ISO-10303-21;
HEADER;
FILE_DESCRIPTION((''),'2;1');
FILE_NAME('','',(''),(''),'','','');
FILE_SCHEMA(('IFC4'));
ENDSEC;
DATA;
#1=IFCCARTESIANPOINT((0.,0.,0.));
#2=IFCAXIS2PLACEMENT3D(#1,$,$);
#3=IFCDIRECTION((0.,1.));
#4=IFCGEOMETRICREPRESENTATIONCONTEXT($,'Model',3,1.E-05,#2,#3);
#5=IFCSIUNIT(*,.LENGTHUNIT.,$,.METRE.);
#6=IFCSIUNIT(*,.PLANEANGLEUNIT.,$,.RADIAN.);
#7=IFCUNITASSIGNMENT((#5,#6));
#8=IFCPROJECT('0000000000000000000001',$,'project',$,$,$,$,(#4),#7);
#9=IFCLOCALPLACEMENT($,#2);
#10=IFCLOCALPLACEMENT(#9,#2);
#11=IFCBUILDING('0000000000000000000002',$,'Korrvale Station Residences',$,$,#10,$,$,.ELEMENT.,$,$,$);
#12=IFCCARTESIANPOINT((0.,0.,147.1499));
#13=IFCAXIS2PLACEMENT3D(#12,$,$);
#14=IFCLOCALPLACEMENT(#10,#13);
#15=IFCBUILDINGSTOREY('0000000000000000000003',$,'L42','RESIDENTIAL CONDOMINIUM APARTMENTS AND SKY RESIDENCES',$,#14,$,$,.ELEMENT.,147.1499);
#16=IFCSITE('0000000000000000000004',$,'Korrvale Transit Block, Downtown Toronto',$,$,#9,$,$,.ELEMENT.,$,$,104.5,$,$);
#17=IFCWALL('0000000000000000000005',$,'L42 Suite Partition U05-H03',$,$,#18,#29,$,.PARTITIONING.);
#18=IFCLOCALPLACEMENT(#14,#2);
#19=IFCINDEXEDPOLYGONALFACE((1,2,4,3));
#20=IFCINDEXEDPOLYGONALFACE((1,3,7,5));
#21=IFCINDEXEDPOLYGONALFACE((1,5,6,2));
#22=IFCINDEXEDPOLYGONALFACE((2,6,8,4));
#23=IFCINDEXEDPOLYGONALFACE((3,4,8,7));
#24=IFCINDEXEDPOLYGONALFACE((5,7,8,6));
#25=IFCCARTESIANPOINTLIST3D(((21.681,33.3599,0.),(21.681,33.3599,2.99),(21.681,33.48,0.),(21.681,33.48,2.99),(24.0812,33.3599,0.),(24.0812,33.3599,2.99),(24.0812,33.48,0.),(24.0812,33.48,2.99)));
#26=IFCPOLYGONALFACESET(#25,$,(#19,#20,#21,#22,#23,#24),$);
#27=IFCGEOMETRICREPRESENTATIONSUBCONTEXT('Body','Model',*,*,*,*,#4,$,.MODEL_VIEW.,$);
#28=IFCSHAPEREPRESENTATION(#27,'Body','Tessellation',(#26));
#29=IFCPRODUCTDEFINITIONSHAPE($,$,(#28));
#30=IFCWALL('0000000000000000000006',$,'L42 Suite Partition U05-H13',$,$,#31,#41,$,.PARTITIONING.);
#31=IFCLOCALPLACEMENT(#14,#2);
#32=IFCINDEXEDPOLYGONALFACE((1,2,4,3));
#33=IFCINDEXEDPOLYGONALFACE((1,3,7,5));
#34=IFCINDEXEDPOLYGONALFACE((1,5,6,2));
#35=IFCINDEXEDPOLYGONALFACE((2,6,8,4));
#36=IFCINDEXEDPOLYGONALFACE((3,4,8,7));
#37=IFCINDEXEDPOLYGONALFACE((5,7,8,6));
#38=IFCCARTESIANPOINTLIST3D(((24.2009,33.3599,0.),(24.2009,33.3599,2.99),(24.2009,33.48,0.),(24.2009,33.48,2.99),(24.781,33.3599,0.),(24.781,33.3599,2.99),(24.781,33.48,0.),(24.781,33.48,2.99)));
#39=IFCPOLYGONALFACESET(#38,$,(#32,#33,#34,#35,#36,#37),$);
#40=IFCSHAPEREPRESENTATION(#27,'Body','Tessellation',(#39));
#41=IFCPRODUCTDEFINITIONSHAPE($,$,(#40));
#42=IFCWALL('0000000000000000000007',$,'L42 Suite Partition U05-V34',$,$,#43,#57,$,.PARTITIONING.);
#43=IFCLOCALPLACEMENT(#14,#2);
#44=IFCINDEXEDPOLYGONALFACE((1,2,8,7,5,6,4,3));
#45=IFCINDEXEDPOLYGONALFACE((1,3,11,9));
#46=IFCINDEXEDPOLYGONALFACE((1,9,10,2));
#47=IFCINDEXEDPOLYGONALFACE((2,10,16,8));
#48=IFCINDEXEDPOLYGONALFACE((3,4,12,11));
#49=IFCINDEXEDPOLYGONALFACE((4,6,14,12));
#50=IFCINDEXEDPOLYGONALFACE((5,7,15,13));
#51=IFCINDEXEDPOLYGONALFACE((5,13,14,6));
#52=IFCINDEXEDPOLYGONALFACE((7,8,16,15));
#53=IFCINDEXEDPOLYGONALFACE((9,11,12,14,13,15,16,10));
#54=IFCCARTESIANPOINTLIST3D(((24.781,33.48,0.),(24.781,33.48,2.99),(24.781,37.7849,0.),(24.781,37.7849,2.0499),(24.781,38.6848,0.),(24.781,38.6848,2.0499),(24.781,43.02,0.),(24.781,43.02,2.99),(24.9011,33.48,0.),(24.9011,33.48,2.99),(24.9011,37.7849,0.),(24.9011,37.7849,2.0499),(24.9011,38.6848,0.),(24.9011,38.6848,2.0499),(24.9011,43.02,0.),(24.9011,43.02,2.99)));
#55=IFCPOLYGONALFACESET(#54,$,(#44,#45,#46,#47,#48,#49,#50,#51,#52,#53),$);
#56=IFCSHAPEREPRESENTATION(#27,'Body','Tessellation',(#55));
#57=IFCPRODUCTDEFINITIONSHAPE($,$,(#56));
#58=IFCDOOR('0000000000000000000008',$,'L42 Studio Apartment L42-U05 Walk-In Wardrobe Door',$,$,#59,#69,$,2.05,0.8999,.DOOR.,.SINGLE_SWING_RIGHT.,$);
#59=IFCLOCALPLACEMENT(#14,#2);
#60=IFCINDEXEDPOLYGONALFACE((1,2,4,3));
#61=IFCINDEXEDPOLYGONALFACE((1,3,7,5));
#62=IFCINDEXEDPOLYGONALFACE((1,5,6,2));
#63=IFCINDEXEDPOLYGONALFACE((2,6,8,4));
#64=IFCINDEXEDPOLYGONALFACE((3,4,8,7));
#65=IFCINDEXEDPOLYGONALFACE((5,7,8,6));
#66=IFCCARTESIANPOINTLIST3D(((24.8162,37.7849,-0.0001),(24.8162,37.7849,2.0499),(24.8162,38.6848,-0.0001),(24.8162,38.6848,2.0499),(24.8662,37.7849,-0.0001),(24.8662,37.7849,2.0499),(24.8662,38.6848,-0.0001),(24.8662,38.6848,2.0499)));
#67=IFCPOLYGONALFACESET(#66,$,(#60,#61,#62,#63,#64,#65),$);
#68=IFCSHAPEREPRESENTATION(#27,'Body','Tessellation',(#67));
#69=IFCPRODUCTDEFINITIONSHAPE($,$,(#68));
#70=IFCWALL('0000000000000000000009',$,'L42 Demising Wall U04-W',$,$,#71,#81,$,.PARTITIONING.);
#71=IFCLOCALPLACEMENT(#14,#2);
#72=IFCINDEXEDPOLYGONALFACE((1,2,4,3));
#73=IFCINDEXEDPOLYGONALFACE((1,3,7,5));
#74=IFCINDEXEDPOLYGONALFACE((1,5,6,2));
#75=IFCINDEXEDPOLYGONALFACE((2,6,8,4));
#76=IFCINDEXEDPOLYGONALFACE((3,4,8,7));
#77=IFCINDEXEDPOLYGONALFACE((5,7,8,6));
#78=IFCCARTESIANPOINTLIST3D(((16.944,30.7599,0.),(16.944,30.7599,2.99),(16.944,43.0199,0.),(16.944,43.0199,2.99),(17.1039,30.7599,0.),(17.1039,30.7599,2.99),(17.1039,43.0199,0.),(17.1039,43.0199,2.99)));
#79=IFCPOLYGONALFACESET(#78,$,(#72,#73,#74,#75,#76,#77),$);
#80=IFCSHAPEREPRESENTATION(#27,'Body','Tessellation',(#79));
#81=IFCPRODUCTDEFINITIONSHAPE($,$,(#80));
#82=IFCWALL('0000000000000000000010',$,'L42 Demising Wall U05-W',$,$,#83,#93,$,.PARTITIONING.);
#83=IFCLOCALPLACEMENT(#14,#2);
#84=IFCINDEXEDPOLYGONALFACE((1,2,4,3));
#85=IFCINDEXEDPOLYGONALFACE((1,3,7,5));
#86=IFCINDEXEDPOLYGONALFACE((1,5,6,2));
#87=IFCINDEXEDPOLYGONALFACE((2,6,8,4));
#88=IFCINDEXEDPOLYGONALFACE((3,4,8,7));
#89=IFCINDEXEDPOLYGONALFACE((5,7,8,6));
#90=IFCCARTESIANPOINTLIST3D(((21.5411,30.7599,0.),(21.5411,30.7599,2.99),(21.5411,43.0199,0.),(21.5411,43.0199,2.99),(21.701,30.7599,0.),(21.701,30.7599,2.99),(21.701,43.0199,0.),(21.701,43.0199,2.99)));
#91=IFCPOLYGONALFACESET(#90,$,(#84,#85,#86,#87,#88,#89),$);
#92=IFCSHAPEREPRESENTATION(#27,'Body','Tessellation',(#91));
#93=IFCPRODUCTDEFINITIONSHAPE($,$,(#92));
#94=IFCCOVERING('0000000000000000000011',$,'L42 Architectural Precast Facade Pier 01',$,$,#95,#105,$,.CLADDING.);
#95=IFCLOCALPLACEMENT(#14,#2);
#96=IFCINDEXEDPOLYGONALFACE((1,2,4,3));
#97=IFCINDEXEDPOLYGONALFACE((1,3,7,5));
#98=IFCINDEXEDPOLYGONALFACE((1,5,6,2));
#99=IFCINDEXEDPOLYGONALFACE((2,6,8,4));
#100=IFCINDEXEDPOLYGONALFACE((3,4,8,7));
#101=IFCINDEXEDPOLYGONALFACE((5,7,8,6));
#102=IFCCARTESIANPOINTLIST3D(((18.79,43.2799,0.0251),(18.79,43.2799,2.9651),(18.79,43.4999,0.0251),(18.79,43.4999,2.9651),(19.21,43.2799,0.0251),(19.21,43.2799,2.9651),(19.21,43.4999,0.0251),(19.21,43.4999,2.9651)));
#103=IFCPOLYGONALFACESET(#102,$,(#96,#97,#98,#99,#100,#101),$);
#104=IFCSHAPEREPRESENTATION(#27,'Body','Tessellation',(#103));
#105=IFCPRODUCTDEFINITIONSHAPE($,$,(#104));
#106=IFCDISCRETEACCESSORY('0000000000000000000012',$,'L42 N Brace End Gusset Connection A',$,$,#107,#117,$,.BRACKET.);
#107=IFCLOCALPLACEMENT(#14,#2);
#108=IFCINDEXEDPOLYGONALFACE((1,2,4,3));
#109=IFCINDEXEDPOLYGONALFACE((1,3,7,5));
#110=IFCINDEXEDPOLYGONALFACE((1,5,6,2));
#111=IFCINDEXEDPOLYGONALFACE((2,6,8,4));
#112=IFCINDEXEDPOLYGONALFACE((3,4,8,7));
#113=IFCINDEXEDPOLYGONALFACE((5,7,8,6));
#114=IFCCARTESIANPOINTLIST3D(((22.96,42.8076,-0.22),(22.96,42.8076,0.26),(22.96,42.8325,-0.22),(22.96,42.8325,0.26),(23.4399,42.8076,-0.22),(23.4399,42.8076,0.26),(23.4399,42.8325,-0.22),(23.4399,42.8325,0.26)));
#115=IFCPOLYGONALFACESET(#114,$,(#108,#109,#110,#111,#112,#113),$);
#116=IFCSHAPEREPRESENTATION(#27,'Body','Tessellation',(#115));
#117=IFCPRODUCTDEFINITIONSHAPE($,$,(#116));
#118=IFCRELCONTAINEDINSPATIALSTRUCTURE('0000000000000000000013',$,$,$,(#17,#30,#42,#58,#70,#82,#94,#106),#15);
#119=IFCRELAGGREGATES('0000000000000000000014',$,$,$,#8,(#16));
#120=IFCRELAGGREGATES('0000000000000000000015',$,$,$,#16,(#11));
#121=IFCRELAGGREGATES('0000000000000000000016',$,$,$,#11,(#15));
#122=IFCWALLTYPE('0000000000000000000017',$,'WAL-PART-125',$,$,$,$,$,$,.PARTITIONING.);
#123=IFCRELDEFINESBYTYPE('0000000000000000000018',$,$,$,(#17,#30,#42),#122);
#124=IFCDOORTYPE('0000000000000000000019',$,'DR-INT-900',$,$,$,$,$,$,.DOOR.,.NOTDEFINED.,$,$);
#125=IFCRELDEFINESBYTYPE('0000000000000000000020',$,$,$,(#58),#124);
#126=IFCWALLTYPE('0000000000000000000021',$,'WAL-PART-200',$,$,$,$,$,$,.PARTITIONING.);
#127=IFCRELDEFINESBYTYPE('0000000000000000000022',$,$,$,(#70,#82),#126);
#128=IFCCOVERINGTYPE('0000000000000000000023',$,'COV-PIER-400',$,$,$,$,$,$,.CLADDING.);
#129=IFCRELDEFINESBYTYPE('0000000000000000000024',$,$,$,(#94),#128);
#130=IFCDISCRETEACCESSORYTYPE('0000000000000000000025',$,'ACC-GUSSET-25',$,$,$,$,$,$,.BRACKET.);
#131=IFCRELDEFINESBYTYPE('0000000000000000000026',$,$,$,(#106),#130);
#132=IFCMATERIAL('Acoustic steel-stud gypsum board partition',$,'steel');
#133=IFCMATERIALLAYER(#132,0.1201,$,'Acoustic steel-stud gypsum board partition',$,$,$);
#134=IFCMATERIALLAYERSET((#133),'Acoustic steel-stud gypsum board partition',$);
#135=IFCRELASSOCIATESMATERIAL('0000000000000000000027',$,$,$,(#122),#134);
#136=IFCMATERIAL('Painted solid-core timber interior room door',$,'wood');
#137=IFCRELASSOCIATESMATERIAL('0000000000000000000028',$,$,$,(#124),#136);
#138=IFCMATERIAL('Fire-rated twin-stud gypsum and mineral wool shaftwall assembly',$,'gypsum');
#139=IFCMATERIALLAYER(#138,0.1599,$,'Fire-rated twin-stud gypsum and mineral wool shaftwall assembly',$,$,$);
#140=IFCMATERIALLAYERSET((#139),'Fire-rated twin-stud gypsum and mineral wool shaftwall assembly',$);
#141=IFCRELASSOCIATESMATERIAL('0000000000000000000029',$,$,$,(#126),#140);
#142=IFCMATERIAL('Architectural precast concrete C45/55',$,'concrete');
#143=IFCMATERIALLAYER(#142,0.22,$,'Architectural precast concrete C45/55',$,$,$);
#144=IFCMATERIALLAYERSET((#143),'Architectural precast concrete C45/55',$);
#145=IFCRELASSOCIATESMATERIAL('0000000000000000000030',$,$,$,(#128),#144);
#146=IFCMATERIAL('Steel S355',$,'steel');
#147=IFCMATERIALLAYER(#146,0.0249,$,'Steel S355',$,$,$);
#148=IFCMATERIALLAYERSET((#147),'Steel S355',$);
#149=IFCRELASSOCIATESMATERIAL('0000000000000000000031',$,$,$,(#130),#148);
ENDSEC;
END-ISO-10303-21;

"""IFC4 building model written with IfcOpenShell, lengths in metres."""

from ifc_helpers import new_model, si_unit, direction, frame, frame_2d, origin, origin_2d, place, context, subcontext, project, spatial, rectangle, extrude, material, layer, layer_set, type_object, element, fill, save


model = new_model("IFC4")

# Units and contexts
model_context = context("Model", 3, precision=1e-05, world=origin(), true_north=direction((0.0, 1.0)))
body_context = subcontext(model_context, "Body", "Model", "MODEL_VIEW")
ifc_project = project(units=[si_unit("LENGTHUNIT", "METRE"), si_unit("PLANEANGLEUNIT", "RADIAN")], contexts=[model_context])

# Site, building, storey
site_placement = place(None, origin())
site = spatial("IfcSite", under=ifc_project, at=site_placement, Name="Korrvale Transit Block, Downtown Toronto", CompositionType="ELEMENT", RefElevation=104.5)
building_placement = place(site_placement, origin())
building = spatial("IfcBuilding", under=site, at=building_placement, Name="Korrvale Station Residences", CompositionType="ELEMENT")
storey_placement = place(building_placement, frame((0.0, 0.0, 147.1499)))
storey = spatial("IfcBuildingStorey", under=building, at=storey_placement, Name="L42", Description="RESIDENTIAL CONDOMINIUM APARTMENTS AND SKY RESIDENCES", CompositionType="ELEMENT", Elevation=147.1499)

# Shared definitions
ifc_material_1 = material(Name="Steel S355", Category="steel")

# Shared definitions
ifc_material_2 = material(Name="Acoustic steel-stud gypsum board partition", Category="steel")
ifc_layer_1 = layer(ifc_material_2, 0.1201, Name="Acoustic steel-stud gypsum board partition")
ifc_layer_set_1 = layer_set([ifc_layer_1], Name="Acoustic steel-stud gypsum board partition")
wall_type_1 = type_object("IfcWallType", Name="WAL-PART-125", PredefinedType="PARTITIONING", material=ifc_layer_set_1)

# Shared definitions
ifc_material_3 = material(Name="Painted solid-core timber interior room door", Category="wood")
door_type_1 = type_object("IfcDoorType", Name="DR-INT-900", OperationType="NOTDEFINED", PredefinedType="DOOR", material=ifc_material_3)

# Walls
wall_1_placement = place(storey_placement, frame((21.6809, 33.4199, 0.0), z_axis=(0.0, 0.0, 1.0), x_axis=(1.0, 0.0, 0.0)))
element("IfcWall", 1, at=wall_1_placement, inside=storey, type_object=wall_type_1, Name="L42 Suite Partition U05-H03", PredefinedType="PARTITIONING", context=body_context, shape_type="SweptSolid", body=[
    extrude(rectangle(XDim=2.4001, YDim=0.1201, at=frame_2d((1.2002, 0.0))), origin(), (0.0, 0.0, 1.0), 2.99),
])
wall_2_placement = place(storey_placement, frame((24.2009, 33.4199, 0.0), z_axis=(0.0, 0.0, 1.0), x_axis=(1.0, 0.0, 0.0)))
element("IfcWall", 2, at=wall_2_placement, inside=storey, type_object=wall_type_1, Name="L42 Suite Partition U05-H13", PredefinedType="PARTITIONING", context=body_context, shape_type="SweptSolid", body=[
    extrude(rectangle(XDim=0.5801, YDim=0.1201, at=frame_2d((0.29, 0.0))), origin(), (0.0, 0.0, 1.0), 2.99),
])

# Wall, opening, door
wall_3_placement = place(storey_placement, frame((24.8411, 33.48, 0.0), z_axis=(0.0, 0.0, 1.0), x_axis=(0.0, 1.0, 0.0)))
wall_3 = element("IfcWall", 3, at=wall_3_placement, inside=storey, type_object=wall_type_1, Name="L42 Suite Partition U05-V34", PredefinedType="PARTITIONING", context=body_context, shape_type="SweptSolid", body=[
    extrude(rectangle(XDim=9.54, YDim=0.1201, at=frame_2d((4.77, 0.0))), origin(), (0.0, 0.0, 1.0), 2.99),
])
opening_1_placement = place(wall_3_placement, frame((4.3049, 0.0, 0.0)))
opening_1 = element("IfcOpeningElement", 4, at=opening_1_placement, cuts=wall_3, PredefinedType="OPENING", context=body_context, shape_type="SweptSolid", body=[
    extrude(rectangle(XDim=0.8999, YDim=2.05, at=frame_2d((0.45, 1.0249))), frame((0.0, 0.0701, 0.0), z_axis=(0.0, -1.0, 0.0), x_axis=(1.0, 0.0, 0.0)), (0.0, 0.0, 1.0), 0.1401),
])
door_1_placement = place(opening_1_placement, origin())
door_1 = element("IfcDoor", 5, at=door_1_placement, inside=storey, type_object=door_type_1, Name="L42 Studio Apartment L42-U05 Walk-In Wardrobe Door", OperationType="SINGLE_SWING_RIGHT", OverallHeight=2.05, OverallWidth=0.8999, PredefinedType="DOOR", context=body_context, shape_type="SweptSolid", body=[
    extrude(rectangle(XDim=0.8999, YDim=2.05, at=frame_2d((0.45, 1.0249))), frame((0.0, 0.0249, 0.0), z_axis=(0.0, -1.0, 0.0), x_axis=(1.0, 0.0, 0.0)), (0.0, 0.0, 1.0), 0.05),
])
fill(opening_1, door_1)

# Walls
ifc_material_4 = material(Name="Fire-rated twin-stud gypsum and mineral wool shaftwall assembly", Category="gypsum")
ifc_layer_2 = layer(ifc_material_4, 0.1599, Name="Fire-rated twin-stud gypsum and mineral wool shaftwall assembly")
ifc_layer_set_2 = layer_set([ifc_layer_2], Name="Fire-rated twin-stud gypsum and mineral wool shaftwall assembly")
wall_type_2 = type_object("IfcWallType", Name="WAL-PART-200", PredefinedType="PARTITIONING", material=ifc_layer_set_2)
for number, where, z_axis, x_axis, name in (
    (6, (17.0239, 30.76, 0.0), (0.0, 0.0, 1.0), (0.0, 1.0, 0.0), "L42 Demising Wall U04-W"),
    (7, (21.6211, 30.76, 0.0), (0.0, 0.0, 1.0), (0.0, 1.0, 0.0), "L42 Demising Wall U05-W"),
):
    element("IfcWall", number, at=place(storey_placement, frame(where, z_axis=z_axis, x_axis=x_axis)), inside=storey, type_object=wall_type_2, Name=name, PredefinedType="PARTITIONING", context=body_context, shape_type="SweptSolid", body=[
        extrude(rectangle(XDim=12.26, YDim=0.1599, at=frame_2d((6.1299, 0.0))), origin(), (0.0, 0.0, 1.0), 2.99),
    ])

# Covering
ifc_material_5 = material(Name="Architectural precast concrete C45/55", Category="concrete")
ifc_layer_3 = layer(ifc_material_5, 0.22, Name="Architectural precast concrete C45/55")
ifc_layer_set_3 = layer_set([ifc_layer_3], Name="Architectural precast concrete C45/55")
covering_type = type_object("IfcCoveringType", Name="COV-PIER-400", PredefinedType="CLADDING", material=ifc_layer_set_3)
covering_placement = place(storey_placement, frame((19.0, 43.3899, 0.0251), z_axis=(0.0, 0.0, 1.0), x_axis=(1.0, 0.0, 0.0)))
element("IfcCovering", 8, at=covering_placement, inside=storey, type_object=covering_type, Name="L42 Architectural Precast Facade Pier 01", PredefinedType="CLADDING", context=body_context, shape_type="SweptSolid", body=[
    extrude(rectangle(XDim=0.4199, YDim=0.22, at=origin_2d()), origin(), (0.0, 0.0, 1.0), 2.9399),
])

# Discrete accessory
ifc_layer_4 = layer(ifc_material_1, 0.0249, Name="Steel S355")
ifc_layer_set_4 = layer_set([ifc_layer_4], Name="Steel S355")
discrete_accessory_type = type_object("IfcDiscreteAccessoryType", Name="ACC-GUSSET-25", PredefinedType="BRACKET", material=ifc_layer_set_4)
discrete_accessory_placement = place(storey_placement, frame((23.2, 42.8201, -0.22), z_axis=(0.0, 0.0, 1.0), x_axis=(1.0, 0.0, 0.0)))
element("IfcDiscreteAccessory", 9, at=discrete_accessory_placement, inside=storey, type_object=discrete_accessory_type, Name="L42 N Brace End Gusset Connection A", PredefinedType="BRACKET", context=body_context, shape_type="SweptSolid", body=[
    extrude(rectangle(XDim=0.48, YDim=0.0249, at=origin_2d()), origin(), (0.0, 0.0, 1.0), 0.48),
])

save(model, "model.ifc")
